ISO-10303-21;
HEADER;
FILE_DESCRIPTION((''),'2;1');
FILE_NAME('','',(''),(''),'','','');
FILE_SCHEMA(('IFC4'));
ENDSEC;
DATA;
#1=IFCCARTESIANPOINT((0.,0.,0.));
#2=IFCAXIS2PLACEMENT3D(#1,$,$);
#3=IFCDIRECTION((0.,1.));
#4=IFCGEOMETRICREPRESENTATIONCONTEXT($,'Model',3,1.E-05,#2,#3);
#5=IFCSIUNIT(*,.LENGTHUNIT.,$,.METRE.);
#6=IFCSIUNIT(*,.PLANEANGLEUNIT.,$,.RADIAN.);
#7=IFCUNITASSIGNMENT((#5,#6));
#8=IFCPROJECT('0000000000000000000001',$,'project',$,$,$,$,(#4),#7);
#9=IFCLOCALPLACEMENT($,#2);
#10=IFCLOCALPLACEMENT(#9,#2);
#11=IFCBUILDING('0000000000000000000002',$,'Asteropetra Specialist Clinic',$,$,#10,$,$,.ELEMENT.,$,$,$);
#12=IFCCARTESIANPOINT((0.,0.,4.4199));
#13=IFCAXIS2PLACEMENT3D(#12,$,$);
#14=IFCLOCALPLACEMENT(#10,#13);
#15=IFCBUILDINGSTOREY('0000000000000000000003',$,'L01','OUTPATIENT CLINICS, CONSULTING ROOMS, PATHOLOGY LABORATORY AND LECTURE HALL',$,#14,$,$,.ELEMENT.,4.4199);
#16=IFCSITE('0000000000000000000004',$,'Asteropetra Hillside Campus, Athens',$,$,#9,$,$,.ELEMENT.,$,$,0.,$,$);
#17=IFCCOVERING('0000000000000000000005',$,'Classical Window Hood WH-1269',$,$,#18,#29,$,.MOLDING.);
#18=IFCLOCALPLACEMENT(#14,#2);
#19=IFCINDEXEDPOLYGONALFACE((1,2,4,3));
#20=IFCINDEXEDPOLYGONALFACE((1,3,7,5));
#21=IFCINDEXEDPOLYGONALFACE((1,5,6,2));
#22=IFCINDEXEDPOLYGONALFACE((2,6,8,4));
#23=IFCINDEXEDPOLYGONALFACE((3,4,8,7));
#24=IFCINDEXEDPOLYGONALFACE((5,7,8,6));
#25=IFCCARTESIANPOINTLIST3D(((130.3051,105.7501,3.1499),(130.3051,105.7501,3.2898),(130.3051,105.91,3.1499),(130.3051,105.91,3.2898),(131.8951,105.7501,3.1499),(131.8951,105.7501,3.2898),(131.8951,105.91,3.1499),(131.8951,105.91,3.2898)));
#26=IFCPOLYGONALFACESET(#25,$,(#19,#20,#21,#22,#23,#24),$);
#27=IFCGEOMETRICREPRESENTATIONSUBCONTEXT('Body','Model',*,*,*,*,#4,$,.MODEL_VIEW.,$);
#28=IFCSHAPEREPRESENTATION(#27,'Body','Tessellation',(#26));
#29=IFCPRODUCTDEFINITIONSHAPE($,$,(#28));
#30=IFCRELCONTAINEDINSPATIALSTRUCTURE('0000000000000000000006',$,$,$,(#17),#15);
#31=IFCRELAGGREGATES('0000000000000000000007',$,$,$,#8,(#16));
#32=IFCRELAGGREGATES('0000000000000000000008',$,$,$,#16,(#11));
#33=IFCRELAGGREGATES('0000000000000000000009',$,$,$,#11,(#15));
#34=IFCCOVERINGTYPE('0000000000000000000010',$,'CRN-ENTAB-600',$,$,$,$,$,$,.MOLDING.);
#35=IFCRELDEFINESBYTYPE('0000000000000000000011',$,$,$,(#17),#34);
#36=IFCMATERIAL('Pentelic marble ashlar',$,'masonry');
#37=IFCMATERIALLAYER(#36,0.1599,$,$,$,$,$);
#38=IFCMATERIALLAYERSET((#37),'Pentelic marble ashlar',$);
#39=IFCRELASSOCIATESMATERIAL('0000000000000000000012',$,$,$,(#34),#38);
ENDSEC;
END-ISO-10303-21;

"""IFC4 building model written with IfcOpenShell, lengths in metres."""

from ifc_helpers import new_model, si_unit, direction, frame, origin, origin_2d, place, context, subcontext, project, spatial, rectangle, extrude, material, layer, layer_set, type_object, element, save


model = new_model("IFC4")

# Units and contexts
model_context = context("Model", 3, precision=1e-05, world=origin(), true_north=direction((0.0, 1.0)))
body_context = subcontext(model_context, "Body", "Model", "MODEL_VIEW")
ifc_project = project(units=[si_unit("LENGTHUNIT", "METRE"), si_unit("PLANEANGLEUNIT", "RADIAN")], contexts=[model_context])

# Site, building, storey
site_placement = place(None, origin())
site = spatial("IfcSite", under=ifc_project, at=site_placement, Name="Asteropetra Hillside Campus, Athens", CompositionType="ELEMENT", RefElevation=0.0)
building_placement = place(site_placement, origin())
building = spatial("IfcBuilding", under=site, at=building_placement, Name="Asteropetra Specialist Clinic", CompositionType="ELEMENT")
storey_placement = place(building_placement, frame((0.0, 0.0, 4.4199)))
storey = spatial("IfcBuildingStorey", under=building, at=storey_placement, Name="L01", Description="OUTPATIENT CLINICS, CONSULTING ROOMS, PATHOLOGY LABORATORY AND LECTURE HALL", CompositionType="ELEMENT", Elevation=4.4199)

# Covering
ifc_material_1 = material(Name="Pentelic marble ashlar", Category="masonry")
ifc_layer_1 = layer(ifc_material_1, 0.1599)
ifc_layer_set_1 = layer_set([ifc_layer_1], Name="Pentelic marble ashlar")
covering_type_1 = type_object("IfcCoveringType", Name="CRN-ENTAB-600", PredefinedType="MOLDING", material=ifc_layer_set_1)
covering_placement = place(storey_placement, frame((131.1001, 105.8301, 3.1499), z_axis=(0.0, 0.0, 1.0), x_axis=(1.0, 0.0, 0.0)))
element("IfcCovering", 1, at=covering_placement, inside=storey, type_object=covering_type_1, Name="Classical Window Hood WH-1269", PredefinedType="MOLDING", context=body_context, shape_type="SweptSolid", body=[
    extrude(rectangle(XDim=1.5901, YDim=0.1599, at=origin_2d()), origin(), (0.0, 0.0, 1.0), 0.1399),
])

save(model, "model.ifc")
